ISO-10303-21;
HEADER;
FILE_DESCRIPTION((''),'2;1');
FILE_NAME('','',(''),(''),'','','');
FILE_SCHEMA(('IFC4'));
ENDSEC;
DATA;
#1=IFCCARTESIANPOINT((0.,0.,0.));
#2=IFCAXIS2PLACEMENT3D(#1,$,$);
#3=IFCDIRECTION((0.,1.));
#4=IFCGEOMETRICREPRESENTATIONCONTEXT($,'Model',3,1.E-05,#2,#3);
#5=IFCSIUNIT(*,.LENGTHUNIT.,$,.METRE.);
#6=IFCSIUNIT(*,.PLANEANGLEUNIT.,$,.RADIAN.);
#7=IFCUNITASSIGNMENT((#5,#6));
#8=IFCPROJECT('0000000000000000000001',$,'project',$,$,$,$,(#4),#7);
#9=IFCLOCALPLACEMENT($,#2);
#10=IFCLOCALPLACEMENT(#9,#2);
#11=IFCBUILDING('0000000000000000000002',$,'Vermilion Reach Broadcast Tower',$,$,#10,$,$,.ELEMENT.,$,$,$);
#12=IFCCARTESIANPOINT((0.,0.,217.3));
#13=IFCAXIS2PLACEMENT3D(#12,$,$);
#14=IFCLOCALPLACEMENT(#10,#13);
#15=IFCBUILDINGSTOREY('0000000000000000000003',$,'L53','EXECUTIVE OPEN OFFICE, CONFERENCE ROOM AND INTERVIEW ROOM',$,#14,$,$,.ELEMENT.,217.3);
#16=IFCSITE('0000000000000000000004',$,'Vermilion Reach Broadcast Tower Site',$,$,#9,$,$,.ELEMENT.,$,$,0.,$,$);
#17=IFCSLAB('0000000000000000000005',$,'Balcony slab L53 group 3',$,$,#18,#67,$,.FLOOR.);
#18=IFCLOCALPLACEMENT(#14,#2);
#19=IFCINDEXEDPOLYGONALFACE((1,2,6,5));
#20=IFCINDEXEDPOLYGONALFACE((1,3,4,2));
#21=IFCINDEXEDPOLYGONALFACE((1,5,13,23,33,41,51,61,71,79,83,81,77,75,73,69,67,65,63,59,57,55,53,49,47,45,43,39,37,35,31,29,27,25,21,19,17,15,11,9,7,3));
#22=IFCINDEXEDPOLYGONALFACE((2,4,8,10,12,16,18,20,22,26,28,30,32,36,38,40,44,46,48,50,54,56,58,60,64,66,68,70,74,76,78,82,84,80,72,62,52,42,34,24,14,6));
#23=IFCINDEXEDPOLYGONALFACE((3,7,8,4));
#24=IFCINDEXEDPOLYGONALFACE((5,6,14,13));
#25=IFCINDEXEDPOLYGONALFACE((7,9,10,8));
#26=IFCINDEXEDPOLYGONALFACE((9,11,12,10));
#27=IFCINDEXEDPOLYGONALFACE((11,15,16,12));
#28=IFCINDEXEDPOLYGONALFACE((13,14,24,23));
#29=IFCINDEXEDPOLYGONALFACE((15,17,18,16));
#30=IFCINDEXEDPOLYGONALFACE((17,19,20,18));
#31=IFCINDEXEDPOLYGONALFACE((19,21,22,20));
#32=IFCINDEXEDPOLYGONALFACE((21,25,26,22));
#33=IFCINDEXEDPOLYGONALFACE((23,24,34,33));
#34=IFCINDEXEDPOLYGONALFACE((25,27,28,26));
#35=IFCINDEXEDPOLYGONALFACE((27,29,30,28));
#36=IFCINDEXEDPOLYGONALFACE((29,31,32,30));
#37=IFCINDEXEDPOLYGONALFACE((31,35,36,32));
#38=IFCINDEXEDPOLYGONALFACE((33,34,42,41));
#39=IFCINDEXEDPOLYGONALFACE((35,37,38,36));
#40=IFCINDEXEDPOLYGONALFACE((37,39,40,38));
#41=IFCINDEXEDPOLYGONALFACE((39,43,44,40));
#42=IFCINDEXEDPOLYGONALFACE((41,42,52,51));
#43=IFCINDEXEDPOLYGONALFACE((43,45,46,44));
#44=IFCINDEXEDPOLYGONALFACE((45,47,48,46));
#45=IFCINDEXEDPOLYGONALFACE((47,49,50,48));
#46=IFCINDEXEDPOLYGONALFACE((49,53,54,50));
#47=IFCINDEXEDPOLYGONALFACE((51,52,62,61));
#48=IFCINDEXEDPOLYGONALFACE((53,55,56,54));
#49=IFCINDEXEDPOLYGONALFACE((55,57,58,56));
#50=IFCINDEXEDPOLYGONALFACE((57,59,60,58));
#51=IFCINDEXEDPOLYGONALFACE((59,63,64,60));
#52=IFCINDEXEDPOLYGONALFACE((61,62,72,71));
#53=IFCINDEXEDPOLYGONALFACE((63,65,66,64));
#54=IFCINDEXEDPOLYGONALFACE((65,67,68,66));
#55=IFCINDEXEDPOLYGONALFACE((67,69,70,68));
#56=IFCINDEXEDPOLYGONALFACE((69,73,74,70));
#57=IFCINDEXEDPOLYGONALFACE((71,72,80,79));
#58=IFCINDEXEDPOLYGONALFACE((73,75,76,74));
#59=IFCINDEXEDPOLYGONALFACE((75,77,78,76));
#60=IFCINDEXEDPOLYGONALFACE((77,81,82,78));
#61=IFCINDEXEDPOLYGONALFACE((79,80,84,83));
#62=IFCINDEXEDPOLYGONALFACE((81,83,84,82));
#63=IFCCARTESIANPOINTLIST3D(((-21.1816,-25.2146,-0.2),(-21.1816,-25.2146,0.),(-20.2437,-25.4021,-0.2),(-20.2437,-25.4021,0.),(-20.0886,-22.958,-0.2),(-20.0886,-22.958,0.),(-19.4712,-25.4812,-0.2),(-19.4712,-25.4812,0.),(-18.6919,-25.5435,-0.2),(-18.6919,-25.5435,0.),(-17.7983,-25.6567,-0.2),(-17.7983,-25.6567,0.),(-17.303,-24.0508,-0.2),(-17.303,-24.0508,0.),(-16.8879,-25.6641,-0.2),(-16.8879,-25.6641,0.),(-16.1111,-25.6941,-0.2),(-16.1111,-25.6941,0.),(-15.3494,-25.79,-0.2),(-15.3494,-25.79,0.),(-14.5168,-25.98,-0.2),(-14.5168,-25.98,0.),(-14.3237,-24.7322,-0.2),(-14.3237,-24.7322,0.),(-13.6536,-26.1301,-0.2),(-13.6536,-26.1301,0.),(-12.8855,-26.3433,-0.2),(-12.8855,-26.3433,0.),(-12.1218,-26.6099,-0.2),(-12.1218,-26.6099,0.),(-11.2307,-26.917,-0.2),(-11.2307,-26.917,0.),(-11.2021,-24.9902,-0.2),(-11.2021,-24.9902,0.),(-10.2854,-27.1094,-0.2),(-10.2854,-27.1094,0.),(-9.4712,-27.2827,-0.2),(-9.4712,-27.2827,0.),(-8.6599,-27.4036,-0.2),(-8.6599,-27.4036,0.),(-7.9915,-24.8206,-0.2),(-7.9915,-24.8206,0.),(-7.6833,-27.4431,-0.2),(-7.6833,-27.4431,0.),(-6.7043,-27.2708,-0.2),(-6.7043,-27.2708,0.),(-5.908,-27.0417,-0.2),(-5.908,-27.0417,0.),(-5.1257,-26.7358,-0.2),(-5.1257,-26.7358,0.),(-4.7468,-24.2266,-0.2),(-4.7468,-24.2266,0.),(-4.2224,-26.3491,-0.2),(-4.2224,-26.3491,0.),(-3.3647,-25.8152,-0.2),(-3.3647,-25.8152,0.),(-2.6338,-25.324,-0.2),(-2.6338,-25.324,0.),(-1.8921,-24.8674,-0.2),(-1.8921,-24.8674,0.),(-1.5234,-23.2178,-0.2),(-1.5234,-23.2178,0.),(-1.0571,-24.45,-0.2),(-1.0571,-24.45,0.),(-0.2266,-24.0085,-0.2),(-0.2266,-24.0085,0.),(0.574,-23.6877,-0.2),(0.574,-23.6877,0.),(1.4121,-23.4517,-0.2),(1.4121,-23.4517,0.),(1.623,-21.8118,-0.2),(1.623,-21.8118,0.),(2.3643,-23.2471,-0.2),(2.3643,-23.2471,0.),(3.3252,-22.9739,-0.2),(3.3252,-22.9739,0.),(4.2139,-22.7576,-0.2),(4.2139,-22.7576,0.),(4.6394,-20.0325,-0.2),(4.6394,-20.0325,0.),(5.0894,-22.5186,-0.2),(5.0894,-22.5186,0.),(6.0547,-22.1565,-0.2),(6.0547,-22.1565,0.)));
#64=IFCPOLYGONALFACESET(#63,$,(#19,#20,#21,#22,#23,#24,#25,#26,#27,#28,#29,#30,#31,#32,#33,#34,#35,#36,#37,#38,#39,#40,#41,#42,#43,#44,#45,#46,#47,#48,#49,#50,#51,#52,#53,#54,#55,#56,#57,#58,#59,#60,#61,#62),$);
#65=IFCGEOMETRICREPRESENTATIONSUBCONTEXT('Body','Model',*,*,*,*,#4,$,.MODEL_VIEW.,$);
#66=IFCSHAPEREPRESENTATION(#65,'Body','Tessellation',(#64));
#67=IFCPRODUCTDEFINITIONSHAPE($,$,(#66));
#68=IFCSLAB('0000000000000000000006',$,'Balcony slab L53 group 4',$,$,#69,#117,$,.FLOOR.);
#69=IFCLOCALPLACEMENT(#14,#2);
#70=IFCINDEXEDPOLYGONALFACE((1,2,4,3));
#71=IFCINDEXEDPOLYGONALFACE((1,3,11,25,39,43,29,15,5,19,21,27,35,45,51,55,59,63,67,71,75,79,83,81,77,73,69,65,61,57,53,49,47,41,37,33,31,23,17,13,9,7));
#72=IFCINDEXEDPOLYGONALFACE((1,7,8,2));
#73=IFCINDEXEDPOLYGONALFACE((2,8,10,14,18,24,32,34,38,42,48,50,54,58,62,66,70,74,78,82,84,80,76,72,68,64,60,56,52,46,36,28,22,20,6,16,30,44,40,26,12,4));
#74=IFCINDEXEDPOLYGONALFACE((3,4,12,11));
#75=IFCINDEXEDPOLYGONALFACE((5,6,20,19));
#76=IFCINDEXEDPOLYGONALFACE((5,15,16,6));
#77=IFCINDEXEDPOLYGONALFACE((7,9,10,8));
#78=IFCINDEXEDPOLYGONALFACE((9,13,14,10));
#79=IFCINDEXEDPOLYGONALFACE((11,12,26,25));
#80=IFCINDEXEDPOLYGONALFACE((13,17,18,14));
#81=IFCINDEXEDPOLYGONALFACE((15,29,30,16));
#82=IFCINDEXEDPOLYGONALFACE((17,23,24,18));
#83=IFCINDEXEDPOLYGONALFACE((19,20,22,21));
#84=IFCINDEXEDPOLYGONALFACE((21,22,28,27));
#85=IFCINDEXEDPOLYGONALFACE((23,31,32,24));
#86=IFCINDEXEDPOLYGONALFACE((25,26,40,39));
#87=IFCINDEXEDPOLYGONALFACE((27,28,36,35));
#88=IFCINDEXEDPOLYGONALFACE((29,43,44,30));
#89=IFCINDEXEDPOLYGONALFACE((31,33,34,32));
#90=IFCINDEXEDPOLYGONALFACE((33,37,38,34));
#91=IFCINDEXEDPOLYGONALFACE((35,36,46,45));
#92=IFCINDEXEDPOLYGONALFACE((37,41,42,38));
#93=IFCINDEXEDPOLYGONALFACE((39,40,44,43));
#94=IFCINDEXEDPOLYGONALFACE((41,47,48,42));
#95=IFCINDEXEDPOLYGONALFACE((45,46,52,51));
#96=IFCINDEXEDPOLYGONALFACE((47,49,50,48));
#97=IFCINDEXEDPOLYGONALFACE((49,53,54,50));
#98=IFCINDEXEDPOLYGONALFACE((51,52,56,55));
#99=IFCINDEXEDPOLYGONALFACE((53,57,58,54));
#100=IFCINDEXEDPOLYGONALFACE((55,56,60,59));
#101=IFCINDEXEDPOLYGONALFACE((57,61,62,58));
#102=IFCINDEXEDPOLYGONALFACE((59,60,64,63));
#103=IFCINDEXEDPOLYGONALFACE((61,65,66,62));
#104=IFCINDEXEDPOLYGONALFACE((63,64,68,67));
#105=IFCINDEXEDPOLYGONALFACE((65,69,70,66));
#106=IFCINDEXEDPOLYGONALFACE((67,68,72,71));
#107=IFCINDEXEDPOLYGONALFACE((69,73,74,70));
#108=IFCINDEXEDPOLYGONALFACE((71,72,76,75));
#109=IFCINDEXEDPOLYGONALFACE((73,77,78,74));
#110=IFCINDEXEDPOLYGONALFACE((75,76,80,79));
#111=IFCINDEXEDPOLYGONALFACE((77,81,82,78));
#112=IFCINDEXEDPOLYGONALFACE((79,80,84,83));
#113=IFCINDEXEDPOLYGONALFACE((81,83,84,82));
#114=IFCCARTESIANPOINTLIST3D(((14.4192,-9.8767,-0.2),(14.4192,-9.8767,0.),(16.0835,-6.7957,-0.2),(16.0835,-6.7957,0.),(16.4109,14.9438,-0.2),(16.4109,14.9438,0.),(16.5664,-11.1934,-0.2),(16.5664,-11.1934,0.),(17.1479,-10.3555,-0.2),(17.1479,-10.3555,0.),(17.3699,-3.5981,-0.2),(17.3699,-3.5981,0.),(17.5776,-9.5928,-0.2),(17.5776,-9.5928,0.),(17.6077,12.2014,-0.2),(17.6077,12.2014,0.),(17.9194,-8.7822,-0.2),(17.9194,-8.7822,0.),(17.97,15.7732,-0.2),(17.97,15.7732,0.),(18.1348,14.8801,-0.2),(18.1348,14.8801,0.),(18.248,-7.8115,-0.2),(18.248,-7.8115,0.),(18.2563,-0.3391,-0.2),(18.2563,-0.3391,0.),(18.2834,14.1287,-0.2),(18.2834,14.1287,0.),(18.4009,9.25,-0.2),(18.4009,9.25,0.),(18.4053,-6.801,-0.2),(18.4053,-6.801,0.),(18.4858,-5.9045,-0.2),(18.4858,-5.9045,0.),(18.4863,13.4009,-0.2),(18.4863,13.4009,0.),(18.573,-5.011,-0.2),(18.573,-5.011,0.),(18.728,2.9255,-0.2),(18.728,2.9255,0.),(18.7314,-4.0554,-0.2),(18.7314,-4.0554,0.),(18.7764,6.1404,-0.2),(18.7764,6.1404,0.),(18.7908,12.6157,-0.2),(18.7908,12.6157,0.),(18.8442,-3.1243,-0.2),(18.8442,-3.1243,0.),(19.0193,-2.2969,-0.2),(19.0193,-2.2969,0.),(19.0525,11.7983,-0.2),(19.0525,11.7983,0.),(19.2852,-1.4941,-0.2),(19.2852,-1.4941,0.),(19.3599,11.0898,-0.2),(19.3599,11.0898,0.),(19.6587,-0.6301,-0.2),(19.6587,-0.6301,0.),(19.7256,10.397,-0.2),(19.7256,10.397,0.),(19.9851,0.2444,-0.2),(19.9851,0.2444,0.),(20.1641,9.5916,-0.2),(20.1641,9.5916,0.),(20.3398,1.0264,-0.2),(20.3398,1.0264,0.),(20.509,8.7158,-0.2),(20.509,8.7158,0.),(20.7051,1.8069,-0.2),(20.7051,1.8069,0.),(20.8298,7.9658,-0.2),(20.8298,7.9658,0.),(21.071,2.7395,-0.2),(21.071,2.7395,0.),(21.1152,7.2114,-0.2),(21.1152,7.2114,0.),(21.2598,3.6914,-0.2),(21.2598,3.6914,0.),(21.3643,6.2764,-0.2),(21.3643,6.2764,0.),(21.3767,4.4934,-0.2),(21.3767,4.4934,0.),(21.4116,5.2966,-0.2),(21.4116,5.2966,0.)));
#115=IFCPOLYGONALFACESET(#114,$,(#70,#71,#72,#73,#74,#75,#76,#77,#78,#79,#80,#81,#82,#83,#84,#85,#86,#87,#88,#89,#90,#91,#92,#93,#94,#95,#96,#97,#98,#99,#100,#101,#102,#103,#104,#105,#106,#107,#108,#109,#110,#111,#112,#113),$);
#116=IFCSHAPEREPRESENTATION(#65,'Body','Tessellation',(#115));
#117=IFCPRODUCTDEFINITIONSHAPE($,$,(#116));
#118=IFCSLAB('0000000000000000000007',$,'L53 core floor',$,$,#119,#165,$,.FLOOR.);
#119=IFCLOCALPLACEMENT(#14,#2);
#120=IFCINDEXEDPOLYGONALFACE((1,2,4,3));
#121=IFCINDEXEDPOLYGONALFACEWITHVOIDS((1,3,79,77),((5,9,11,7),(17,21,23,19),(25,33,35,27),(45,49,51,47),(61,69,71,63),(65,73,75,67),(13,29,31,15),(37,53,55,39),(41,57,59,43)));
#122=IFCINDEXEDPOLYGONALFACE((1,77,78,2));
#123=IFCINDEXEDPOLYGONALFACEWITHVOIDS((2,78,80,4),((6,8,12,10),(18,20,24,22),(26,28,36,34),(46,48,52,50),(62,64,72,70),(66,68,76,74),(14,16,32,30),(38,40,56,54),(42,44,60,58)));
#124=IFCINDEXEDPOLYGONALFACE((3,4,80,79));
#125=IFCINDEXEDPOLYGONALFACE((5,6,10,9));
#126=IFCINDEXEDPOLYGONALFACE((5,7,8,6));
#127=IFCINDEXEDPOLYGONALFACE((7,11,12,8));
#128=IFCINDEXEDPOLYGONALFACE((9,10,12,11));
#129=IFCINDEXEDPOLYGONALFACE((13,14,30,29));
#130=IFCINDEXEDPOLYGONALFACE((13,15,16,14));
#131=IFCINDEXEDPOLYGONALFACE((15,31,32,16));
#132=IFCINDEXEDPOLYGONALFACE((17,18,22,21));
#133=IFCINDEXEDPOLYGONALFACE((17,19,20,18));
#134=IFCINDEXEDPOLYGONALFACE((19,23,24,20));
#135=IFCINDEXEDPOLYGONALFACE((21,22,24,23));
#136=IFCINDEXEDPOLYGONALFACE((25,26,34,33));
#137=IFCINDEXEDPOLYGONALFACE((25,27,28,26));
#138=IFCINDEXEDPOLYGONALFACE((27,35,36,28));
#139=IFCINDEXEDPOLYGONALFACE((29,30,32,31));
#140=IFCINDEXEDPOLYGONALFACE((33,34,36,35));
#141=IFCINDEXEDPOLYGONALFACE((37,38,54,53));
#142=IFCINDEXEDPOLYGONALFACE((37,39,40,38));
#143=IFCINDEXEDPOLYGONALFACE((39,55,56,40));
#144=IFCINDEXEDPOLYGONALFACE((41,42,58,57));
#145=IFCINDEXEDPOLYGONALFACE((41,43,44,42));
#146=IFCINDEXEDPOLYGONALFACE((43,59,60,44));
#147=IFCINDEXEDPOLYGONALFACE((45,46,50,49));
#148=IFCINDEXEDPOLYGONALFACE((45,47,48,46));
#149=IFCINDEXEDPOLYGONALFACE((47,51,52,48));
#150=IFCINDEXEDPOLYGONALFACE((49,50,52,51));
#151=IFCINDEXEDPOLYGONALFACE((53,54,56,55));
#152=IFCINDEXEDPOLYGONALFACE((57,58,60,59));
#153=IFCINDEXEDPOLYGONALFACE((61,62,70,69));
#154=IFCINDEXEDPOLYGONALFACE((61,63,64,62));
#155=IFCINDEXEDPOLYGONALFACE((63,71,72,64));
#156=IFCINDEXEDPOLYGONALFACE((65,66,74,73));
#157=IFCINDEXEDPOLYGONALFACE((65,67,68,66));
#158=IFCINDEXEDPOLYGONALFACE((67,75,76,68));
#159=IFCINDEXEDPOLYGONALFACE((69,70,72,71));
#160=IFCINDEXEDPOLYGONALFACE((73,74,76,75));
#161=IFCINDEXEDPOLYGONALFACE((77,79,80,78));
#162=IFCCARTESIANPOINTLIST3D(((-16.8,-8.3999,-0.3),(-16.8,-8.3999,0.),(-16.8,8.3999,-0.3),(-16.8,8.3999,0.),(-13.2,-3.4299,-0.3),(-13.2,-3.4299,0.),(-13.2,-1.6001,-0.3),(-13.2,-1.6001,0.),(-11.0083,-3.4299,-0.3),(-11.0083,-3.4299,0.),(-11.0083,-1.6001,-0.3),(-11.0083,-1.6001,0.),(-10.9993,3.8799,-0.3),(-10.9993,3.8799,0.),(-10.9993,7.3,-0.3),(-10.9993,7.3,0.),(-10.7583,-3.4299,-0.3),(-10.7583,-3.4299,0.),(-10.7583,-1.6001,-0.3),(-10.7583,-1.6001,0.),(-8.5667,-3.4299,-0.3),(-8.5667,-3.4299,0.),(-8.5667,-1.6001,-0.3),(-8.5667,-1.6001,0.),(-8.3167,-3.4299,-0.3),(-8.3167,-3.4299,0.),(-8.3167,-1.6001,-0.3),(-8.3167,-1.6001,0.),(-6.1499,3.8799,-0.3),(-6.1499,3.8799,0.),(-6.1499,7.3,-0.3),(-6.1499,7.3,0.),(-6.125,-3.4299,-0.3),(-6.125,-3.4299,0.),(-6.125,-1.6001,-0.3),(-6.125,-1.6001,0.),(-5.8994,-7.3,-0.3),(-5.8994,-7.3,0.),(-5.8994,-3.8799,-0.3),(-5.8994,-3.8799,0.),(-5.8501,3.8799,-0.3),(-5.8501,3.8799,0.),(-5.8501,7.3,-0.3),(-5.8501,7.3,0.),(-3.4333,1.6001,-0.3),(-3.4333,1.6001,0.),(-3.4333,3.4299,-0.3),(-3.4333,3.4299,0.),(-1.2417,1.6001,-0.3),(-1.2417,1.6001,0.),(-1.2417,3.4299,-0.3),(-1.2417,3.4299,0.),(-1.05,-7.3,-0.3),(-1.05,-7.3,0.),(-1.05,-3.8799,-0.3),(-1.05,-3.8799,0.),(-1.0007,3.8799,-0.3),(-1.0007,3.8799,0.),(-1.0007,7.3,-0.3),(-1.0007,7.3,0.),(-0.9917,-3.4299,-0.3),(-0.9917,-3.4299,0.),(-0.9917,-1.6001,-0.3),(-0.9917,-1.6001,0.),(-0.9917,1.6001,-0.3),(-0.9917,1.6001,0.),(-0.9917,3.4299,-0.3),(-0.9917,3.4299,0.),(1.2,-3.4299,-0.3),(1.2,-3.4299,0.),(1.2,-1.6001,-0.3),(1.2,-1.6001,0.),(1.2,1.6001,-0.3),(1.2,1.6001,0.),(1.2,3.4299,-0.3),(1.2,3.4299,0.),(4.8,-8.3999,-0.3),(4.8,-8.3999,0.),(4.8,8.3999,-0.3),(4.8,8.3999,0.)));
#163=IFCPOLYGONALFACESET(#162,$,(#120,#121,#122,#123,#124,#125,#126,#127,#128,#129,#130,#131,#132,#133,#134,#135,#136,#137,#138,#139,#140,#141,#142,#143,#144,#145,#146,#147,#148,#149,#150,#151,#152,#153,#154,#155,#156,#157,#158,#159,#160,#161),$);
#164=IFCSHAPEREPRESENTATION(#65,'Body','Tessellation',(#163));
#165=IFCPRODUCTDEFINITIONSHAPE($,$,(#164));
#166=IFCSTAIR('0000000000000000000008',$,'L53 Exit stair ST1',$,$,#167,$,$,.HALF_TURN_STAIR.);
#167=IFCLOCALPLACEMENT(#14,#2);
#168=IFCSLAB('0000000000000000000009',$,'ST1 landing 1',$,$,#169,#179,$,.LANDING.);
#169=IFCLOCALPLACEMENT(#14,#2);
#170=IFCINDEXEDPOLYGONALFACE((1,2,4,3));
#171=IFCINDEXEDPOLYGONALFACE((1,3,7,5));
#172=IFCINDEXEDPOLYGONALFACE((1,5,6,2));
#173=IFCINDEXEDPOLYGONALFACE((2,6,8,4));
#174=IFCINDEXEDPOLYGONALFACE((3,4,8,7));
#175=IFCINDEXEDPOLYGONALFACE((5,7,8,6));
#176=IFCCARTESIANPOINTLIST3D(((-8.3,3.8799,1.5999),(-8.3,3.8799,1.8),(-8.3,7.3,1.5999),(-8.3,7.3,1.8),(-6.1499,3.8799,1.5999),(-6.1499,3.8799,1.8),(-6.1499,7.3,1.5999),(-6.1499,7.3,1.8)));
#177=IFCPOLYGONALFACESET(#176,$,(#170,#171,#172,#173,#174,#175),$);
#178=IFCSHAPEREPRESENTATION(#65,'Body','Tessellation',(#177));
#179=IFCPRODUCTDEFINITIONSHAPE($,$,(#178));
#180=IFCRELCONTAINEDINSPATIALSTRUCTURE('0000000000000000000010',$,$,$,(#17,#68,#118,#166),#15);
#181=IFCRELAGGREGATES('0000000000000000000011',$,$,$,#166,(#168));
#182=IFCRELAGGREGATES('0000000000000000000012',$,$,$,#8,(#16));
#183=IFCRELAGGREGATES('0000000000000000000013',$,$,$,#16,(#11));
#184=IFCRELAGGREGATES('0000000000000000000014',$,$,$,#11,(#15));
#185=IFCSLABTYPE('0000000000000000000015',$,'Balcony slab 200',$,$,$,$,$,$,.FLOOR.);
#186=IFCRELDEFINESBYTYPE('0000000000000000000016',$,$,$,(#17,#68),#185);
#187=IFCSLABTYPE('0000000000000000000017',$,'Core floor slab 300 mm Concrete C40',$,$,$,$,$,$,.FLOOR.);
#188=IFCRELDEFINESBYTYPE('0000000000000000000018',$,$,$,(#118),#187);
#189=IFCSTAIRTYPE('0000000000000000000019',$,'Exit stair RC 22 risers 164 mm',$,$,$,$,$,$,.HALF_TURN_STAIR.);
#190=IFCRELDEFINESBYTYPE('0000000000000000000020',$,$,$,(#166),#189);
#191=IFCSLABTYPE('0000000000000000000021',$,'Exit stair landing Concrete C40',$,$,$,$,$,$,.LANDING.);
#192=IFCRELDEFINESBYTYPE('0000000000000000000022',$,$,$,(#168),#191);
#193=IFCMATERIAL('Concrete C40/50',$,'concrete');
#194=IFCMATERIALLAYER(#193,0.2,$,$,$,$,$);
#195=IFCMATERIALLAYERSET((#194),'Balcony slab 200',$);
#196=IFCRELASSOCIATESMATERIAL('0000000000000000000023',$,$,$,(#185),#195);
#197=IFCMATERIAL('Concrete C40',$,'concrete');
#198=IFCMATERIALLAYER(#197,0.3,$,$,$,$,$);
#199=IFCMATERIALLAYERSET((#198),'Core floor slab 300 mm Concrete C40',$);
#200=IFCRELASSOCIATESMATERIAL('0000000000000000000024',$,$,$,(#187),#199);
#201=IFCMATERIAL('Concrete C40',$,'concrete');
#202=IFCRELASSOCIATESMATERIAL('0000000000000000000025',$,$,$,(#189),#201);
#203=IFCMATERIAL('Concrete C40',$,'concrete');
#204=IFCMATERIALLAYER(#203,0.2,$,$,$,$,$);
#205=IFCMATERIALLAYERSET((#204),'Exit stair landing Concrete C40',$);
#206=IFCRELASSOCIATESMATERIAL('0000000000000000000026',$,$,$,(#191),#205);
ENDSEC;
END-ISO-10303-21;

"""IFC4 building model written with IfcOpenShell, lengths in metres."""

from ifc_helpers import new_model, si_unit, direction, frame, origin, place, context, subcontext, project, spatial, polyline, outline, extrude, material, layer, layer_set, type_object, element, aggregate, save


model = new_model("IFC4")

# Units and contexts
model_context = context("Model", 3, precision=1e-05, world=origin(), true_north=direction((0.0, 1.0)))
body_context = subcontext(model_context, "Body", "Model", "MODEL_VIEW")
ifc_project = project(units=[si_unit("LENGTHUNIT", "METRE"), si_unit("PLANEANGLEUNIT", "RADIAN")], contexts=[model_context])

# Site, building, storey
site_placement = place(None, origin())
site = spatial("IfcSite", under=ifc_project, at=site_placement, Name="Vermilion Reach Broadcast Tower Site", CompositionType="ELEMENT", RefElevation=0.0)
building_placement = place(site_placement, origin())
building = spatial("IfcBuilding", under=site, at=building_placement, Name="Vermilion Reach Broadcast Tower", CompositionType="ELEMENT")
storey_placement = place(building_placement, frame((0.0, 0.0, 217.3)))
storey = spatial("IfcBuildingStorey", under=building, at=storey_placement, Name="L53", Description="EXECUTIVE OPEN OFFICE, CONFERENCE ROOM AND INTERVIEW ROOM", CompositionType="ELEMENT", Elevation=217.3)

# Slabs
ifc_material_1 = material(Name="Concrete C40/50", Category="concrete")
ifc_layer_1 = layer(ifc_material_1, 0.2)
ifc_layer_set_1 = layer_set([ifc_layer_1], Name="Balcony slab 200")
slab_type_1 = type_object("IfcSlabType", Name="Balcony slab 200", PredefinedType="FLOOR", material=ifc_layer_set_1)
placement_1 = place(storey_placement, frame((0.0, 0.0, -0.2)))
element("IfcSlab", 1, at=placement_1, inside=storey, type_object=slab_type_1, Name="Balcony slab L53 group 3", PredefinedType="FLOOR", context=body_context, shape_type="SweptSolid", body=[
    extrude(outline(polyline([(-20.0886, -22.958), (-17.303, -24.0508), (-14.3237, -24.7322), (-11.2021, -24.9902), (-7.9915, -24.8206), (-4.7468, -24.2266), (-1.5234, -23.2178), (1.623, -21.8118), (4.6394, -20.0325), (6.0547, -22.1565), (5.0894, -22.5186), (4.2139, -22.7576), (3.3252, -22.9739), (2.3643, -23.2471), (1.4121, -23.4517), (0.574, -23.6877), (-0.2266, -24.0085), (-1.0571, -24.45), (-1.8921, -24.8674), (-2.6338, -25.324), (-3.3647, -25.8152), (-4.2224, -26.3491), (-5.1257, -26.7358), (-5.908, -27.0417), (-6.7043, -27.2708), (-7.6833, -27.4431), (-8.6599, -27.4036), (-9.4712, -27.2827), (-10.2854, -27.1094), (-11.2307, -26.917), (-12.1218, -26.6099), (-12.8855, -26.3433), (-13.6536, -26.1301), (-14.5168, -25.98), (-15.3494, -25.79), (-16.1111, -25.6941), (-16.8879, -25.6641), (-17.7983, -25.6567), (-18.6919, -25.5435), (-19.4712, -25.4812), (-20.2437, -25.4021), (-21.1816, -25.2146), (-20.0886, -22.958)])), origin(), (0.0, 0.0, 1.0), 0.2),
])
element("IfcSlab", 2, at=placement_1, inside=storey, type_object=slab_type_1, Name="Balcony slab L53 group 4", PredefinedType="FLOOR", context=body_context, shape_type="SweptSolid", body=[
    extrude(outline(polyline([(14.4192, -9.8767), (16.0835, -6.7957), (17.3699, -3.5981), (18.2563, -0.3391), (18.728, 2.9255), (18.7764, 6.1404), (18.4009, 9.25), (17.6077, 12.2014), (16.4109, 14.9438), (17.97, 15.7732), (18.1348, 14.8801), (18.2834, 14.1287), (18.4863, 13.4009), (18.7908, 12.6157), (19.0525, 11.7983), (19.3599, 11.0898), (19.7256, 10.397), (20.1641, 9.5916), (20.509, 8.7158), (20.8298, 7.9658), (21.1152, 7.2114), (21.3643, 6.2764), (21.4116, 5.2966), (21.3767, 4.4934), (21.2598, 3.6914), (21.071, 2.7395), (20.7051, 1.8069), (20.3398, 1.0264), (19.9851, 0.2444), (19.6587, -0.6301), (19.2852, -1.4941), (19.0193, -2.2969), (18.8442, -3.1243), (18.7314, -4.0554), (18.573, -5.011), (18.4858, -5.9045), (18.4053, -6.801), (18.248, -7.8115), (17.9194, -8.7822), (17.5776, -9.5928), (17.1479, -10.3555), (16.5664, -11.1934), (14.4192, -9.8767)])), origin(), (0.0, 0.0, 1.0), 0.2),
])
ifc_material_2 = material(Name="Concrete C40", Category="concrete")
ifc_layer_2 = layer(ifc_material_2, 0.3)
ifc_layer_set_2 = layer_set([ifc_layer_2], Name="Core floor slab 300 mm Concrete C40")
slab_type_2 = type_object("IfcSlabType", Name="Core floor slab 300 mm Concrete C40", PredefinedType="FLOOR", material=ifc_layer_set_2)
slab_1_placement = place(storey_placement, frame((0.0, 0.0, -0.3)))
element("IfcSlab", 3, at=slab_1_placement, inside=storey, type_object=slab_type_2, Name="L53 core floor", PredefinedType="FLOOR", context=body_context, shape_type="SweptSolid", body=[
    extrude(outline(polyline([(-16.8, -8.3999), (4.8, -8.3999), (4.8, 8.3999), (-16.8, 8.3999), (-16.8, -8.3999)]), holes=[polyline([(-3.4333, 1.6001), (-1.2417, 1.6001), (-1.2417, 3.4299), (-3.4333, 3.4299), (-3.4333, 1.6001)]), polyline([(-0.9917, 1.6001), (1.2, 1.6001), (1.2, 3.4299), (-0.9917, 3.4299), (-0.9917, 1.6001)]), polyline([(-13.2, -3.4299), (-11.0083, -3.4299), (-11.0083, -1.6001), (-13.2, -1.6001), (-13.2, -3.4299)]), polyline([(-10.7583, -3.4299), (-8.5667, -3.4299), (-8.5667, -1.6001), (-10.7583, -1.6001), (-10.7583, -3.4299)]), polyline([(-8.3167, -3.4299), (-6.125, -3.4299), (-6.125, -1.6001), (-8.3167, -1.6001), (-8.3167, -3.4299)]), polyline([(-0.9917, -3.4299), (1.2, -3.4299), (1.2, -1.6001), (-0.9917, -1.6001), (-0.9917, -3.4299)]), polyline([(-10.9993, 3.8799), (-6.1499, 3.8799), (-6.1499, 7.3), (-10.9993, 7.3), (-10.9993, 3.8799)]), polyline([(-1.0007, 7.3), (-5.8501, 7.3), (-5.8501, 3.8799), (-1.0007, 3.8799), (-1.0007, 7.3)]), polyline([(-5.8994, -7.3), (-1.05, -7.3), (-1.05, -3.8799), (-5.8994, -3.8799), (-5.8994, -7.3)])]), origin(), (0.0, 0.0, 1.0), 0.3),
])

# Stair, slab
ifc_material_3 = material(Name="Concrete C40", Category="concrete")
stair_type = type_object("IfcStairType", Name="Exit stair RC 22 risers 164 mm", PredefinedType="HALF_TURN_STAIR", material=ifc_material_3)
placement_2 = place(storey_placement, origin())
stair_1 = element("IfcStair", 4, at=placement_2, inside=storey, type_object=stair_type, Name="L53 Exit stair ST1", PredefinedType="HALF_TURN_STAIR")
ifc_material_4 = material(Name="Concrete C40", Category="concrete")
ifc_layer_3 = layer(ifc_material_4, 0.2)
ifc_layer_set_3 = layer_set([ifc_layer_3], Name="Exit stair landing Concrete C40")
slab_type_3 = type_object("IfcSlabType", Name="Exit stair landing Concrete C40", PredefinedType="LANDING", material=ifc_layer_set_3)
placement_3 = place(storey_placement, frame((0.0, 0.0, 1.5999)))
slab_2 = element("IfcSlab", 5, at=placement_3, type_object=slab_type_3, Name="ST1 landing 1", PredefinedType="LANDING", context=body_context, shape_type="SweptSolid", body=[
    extrude(outline(polyline([(-8.3, 3.8799), (-6.1499, 3.8799), (-6.1499, 7.3), (-8.3, 7.3), (-8.3, 3.8799)])), origin(), (0.0, 0.0, 1.0), 0.2002),
])
aggregate(stair_1, [slab_2])

save(model, "model.ifc")
